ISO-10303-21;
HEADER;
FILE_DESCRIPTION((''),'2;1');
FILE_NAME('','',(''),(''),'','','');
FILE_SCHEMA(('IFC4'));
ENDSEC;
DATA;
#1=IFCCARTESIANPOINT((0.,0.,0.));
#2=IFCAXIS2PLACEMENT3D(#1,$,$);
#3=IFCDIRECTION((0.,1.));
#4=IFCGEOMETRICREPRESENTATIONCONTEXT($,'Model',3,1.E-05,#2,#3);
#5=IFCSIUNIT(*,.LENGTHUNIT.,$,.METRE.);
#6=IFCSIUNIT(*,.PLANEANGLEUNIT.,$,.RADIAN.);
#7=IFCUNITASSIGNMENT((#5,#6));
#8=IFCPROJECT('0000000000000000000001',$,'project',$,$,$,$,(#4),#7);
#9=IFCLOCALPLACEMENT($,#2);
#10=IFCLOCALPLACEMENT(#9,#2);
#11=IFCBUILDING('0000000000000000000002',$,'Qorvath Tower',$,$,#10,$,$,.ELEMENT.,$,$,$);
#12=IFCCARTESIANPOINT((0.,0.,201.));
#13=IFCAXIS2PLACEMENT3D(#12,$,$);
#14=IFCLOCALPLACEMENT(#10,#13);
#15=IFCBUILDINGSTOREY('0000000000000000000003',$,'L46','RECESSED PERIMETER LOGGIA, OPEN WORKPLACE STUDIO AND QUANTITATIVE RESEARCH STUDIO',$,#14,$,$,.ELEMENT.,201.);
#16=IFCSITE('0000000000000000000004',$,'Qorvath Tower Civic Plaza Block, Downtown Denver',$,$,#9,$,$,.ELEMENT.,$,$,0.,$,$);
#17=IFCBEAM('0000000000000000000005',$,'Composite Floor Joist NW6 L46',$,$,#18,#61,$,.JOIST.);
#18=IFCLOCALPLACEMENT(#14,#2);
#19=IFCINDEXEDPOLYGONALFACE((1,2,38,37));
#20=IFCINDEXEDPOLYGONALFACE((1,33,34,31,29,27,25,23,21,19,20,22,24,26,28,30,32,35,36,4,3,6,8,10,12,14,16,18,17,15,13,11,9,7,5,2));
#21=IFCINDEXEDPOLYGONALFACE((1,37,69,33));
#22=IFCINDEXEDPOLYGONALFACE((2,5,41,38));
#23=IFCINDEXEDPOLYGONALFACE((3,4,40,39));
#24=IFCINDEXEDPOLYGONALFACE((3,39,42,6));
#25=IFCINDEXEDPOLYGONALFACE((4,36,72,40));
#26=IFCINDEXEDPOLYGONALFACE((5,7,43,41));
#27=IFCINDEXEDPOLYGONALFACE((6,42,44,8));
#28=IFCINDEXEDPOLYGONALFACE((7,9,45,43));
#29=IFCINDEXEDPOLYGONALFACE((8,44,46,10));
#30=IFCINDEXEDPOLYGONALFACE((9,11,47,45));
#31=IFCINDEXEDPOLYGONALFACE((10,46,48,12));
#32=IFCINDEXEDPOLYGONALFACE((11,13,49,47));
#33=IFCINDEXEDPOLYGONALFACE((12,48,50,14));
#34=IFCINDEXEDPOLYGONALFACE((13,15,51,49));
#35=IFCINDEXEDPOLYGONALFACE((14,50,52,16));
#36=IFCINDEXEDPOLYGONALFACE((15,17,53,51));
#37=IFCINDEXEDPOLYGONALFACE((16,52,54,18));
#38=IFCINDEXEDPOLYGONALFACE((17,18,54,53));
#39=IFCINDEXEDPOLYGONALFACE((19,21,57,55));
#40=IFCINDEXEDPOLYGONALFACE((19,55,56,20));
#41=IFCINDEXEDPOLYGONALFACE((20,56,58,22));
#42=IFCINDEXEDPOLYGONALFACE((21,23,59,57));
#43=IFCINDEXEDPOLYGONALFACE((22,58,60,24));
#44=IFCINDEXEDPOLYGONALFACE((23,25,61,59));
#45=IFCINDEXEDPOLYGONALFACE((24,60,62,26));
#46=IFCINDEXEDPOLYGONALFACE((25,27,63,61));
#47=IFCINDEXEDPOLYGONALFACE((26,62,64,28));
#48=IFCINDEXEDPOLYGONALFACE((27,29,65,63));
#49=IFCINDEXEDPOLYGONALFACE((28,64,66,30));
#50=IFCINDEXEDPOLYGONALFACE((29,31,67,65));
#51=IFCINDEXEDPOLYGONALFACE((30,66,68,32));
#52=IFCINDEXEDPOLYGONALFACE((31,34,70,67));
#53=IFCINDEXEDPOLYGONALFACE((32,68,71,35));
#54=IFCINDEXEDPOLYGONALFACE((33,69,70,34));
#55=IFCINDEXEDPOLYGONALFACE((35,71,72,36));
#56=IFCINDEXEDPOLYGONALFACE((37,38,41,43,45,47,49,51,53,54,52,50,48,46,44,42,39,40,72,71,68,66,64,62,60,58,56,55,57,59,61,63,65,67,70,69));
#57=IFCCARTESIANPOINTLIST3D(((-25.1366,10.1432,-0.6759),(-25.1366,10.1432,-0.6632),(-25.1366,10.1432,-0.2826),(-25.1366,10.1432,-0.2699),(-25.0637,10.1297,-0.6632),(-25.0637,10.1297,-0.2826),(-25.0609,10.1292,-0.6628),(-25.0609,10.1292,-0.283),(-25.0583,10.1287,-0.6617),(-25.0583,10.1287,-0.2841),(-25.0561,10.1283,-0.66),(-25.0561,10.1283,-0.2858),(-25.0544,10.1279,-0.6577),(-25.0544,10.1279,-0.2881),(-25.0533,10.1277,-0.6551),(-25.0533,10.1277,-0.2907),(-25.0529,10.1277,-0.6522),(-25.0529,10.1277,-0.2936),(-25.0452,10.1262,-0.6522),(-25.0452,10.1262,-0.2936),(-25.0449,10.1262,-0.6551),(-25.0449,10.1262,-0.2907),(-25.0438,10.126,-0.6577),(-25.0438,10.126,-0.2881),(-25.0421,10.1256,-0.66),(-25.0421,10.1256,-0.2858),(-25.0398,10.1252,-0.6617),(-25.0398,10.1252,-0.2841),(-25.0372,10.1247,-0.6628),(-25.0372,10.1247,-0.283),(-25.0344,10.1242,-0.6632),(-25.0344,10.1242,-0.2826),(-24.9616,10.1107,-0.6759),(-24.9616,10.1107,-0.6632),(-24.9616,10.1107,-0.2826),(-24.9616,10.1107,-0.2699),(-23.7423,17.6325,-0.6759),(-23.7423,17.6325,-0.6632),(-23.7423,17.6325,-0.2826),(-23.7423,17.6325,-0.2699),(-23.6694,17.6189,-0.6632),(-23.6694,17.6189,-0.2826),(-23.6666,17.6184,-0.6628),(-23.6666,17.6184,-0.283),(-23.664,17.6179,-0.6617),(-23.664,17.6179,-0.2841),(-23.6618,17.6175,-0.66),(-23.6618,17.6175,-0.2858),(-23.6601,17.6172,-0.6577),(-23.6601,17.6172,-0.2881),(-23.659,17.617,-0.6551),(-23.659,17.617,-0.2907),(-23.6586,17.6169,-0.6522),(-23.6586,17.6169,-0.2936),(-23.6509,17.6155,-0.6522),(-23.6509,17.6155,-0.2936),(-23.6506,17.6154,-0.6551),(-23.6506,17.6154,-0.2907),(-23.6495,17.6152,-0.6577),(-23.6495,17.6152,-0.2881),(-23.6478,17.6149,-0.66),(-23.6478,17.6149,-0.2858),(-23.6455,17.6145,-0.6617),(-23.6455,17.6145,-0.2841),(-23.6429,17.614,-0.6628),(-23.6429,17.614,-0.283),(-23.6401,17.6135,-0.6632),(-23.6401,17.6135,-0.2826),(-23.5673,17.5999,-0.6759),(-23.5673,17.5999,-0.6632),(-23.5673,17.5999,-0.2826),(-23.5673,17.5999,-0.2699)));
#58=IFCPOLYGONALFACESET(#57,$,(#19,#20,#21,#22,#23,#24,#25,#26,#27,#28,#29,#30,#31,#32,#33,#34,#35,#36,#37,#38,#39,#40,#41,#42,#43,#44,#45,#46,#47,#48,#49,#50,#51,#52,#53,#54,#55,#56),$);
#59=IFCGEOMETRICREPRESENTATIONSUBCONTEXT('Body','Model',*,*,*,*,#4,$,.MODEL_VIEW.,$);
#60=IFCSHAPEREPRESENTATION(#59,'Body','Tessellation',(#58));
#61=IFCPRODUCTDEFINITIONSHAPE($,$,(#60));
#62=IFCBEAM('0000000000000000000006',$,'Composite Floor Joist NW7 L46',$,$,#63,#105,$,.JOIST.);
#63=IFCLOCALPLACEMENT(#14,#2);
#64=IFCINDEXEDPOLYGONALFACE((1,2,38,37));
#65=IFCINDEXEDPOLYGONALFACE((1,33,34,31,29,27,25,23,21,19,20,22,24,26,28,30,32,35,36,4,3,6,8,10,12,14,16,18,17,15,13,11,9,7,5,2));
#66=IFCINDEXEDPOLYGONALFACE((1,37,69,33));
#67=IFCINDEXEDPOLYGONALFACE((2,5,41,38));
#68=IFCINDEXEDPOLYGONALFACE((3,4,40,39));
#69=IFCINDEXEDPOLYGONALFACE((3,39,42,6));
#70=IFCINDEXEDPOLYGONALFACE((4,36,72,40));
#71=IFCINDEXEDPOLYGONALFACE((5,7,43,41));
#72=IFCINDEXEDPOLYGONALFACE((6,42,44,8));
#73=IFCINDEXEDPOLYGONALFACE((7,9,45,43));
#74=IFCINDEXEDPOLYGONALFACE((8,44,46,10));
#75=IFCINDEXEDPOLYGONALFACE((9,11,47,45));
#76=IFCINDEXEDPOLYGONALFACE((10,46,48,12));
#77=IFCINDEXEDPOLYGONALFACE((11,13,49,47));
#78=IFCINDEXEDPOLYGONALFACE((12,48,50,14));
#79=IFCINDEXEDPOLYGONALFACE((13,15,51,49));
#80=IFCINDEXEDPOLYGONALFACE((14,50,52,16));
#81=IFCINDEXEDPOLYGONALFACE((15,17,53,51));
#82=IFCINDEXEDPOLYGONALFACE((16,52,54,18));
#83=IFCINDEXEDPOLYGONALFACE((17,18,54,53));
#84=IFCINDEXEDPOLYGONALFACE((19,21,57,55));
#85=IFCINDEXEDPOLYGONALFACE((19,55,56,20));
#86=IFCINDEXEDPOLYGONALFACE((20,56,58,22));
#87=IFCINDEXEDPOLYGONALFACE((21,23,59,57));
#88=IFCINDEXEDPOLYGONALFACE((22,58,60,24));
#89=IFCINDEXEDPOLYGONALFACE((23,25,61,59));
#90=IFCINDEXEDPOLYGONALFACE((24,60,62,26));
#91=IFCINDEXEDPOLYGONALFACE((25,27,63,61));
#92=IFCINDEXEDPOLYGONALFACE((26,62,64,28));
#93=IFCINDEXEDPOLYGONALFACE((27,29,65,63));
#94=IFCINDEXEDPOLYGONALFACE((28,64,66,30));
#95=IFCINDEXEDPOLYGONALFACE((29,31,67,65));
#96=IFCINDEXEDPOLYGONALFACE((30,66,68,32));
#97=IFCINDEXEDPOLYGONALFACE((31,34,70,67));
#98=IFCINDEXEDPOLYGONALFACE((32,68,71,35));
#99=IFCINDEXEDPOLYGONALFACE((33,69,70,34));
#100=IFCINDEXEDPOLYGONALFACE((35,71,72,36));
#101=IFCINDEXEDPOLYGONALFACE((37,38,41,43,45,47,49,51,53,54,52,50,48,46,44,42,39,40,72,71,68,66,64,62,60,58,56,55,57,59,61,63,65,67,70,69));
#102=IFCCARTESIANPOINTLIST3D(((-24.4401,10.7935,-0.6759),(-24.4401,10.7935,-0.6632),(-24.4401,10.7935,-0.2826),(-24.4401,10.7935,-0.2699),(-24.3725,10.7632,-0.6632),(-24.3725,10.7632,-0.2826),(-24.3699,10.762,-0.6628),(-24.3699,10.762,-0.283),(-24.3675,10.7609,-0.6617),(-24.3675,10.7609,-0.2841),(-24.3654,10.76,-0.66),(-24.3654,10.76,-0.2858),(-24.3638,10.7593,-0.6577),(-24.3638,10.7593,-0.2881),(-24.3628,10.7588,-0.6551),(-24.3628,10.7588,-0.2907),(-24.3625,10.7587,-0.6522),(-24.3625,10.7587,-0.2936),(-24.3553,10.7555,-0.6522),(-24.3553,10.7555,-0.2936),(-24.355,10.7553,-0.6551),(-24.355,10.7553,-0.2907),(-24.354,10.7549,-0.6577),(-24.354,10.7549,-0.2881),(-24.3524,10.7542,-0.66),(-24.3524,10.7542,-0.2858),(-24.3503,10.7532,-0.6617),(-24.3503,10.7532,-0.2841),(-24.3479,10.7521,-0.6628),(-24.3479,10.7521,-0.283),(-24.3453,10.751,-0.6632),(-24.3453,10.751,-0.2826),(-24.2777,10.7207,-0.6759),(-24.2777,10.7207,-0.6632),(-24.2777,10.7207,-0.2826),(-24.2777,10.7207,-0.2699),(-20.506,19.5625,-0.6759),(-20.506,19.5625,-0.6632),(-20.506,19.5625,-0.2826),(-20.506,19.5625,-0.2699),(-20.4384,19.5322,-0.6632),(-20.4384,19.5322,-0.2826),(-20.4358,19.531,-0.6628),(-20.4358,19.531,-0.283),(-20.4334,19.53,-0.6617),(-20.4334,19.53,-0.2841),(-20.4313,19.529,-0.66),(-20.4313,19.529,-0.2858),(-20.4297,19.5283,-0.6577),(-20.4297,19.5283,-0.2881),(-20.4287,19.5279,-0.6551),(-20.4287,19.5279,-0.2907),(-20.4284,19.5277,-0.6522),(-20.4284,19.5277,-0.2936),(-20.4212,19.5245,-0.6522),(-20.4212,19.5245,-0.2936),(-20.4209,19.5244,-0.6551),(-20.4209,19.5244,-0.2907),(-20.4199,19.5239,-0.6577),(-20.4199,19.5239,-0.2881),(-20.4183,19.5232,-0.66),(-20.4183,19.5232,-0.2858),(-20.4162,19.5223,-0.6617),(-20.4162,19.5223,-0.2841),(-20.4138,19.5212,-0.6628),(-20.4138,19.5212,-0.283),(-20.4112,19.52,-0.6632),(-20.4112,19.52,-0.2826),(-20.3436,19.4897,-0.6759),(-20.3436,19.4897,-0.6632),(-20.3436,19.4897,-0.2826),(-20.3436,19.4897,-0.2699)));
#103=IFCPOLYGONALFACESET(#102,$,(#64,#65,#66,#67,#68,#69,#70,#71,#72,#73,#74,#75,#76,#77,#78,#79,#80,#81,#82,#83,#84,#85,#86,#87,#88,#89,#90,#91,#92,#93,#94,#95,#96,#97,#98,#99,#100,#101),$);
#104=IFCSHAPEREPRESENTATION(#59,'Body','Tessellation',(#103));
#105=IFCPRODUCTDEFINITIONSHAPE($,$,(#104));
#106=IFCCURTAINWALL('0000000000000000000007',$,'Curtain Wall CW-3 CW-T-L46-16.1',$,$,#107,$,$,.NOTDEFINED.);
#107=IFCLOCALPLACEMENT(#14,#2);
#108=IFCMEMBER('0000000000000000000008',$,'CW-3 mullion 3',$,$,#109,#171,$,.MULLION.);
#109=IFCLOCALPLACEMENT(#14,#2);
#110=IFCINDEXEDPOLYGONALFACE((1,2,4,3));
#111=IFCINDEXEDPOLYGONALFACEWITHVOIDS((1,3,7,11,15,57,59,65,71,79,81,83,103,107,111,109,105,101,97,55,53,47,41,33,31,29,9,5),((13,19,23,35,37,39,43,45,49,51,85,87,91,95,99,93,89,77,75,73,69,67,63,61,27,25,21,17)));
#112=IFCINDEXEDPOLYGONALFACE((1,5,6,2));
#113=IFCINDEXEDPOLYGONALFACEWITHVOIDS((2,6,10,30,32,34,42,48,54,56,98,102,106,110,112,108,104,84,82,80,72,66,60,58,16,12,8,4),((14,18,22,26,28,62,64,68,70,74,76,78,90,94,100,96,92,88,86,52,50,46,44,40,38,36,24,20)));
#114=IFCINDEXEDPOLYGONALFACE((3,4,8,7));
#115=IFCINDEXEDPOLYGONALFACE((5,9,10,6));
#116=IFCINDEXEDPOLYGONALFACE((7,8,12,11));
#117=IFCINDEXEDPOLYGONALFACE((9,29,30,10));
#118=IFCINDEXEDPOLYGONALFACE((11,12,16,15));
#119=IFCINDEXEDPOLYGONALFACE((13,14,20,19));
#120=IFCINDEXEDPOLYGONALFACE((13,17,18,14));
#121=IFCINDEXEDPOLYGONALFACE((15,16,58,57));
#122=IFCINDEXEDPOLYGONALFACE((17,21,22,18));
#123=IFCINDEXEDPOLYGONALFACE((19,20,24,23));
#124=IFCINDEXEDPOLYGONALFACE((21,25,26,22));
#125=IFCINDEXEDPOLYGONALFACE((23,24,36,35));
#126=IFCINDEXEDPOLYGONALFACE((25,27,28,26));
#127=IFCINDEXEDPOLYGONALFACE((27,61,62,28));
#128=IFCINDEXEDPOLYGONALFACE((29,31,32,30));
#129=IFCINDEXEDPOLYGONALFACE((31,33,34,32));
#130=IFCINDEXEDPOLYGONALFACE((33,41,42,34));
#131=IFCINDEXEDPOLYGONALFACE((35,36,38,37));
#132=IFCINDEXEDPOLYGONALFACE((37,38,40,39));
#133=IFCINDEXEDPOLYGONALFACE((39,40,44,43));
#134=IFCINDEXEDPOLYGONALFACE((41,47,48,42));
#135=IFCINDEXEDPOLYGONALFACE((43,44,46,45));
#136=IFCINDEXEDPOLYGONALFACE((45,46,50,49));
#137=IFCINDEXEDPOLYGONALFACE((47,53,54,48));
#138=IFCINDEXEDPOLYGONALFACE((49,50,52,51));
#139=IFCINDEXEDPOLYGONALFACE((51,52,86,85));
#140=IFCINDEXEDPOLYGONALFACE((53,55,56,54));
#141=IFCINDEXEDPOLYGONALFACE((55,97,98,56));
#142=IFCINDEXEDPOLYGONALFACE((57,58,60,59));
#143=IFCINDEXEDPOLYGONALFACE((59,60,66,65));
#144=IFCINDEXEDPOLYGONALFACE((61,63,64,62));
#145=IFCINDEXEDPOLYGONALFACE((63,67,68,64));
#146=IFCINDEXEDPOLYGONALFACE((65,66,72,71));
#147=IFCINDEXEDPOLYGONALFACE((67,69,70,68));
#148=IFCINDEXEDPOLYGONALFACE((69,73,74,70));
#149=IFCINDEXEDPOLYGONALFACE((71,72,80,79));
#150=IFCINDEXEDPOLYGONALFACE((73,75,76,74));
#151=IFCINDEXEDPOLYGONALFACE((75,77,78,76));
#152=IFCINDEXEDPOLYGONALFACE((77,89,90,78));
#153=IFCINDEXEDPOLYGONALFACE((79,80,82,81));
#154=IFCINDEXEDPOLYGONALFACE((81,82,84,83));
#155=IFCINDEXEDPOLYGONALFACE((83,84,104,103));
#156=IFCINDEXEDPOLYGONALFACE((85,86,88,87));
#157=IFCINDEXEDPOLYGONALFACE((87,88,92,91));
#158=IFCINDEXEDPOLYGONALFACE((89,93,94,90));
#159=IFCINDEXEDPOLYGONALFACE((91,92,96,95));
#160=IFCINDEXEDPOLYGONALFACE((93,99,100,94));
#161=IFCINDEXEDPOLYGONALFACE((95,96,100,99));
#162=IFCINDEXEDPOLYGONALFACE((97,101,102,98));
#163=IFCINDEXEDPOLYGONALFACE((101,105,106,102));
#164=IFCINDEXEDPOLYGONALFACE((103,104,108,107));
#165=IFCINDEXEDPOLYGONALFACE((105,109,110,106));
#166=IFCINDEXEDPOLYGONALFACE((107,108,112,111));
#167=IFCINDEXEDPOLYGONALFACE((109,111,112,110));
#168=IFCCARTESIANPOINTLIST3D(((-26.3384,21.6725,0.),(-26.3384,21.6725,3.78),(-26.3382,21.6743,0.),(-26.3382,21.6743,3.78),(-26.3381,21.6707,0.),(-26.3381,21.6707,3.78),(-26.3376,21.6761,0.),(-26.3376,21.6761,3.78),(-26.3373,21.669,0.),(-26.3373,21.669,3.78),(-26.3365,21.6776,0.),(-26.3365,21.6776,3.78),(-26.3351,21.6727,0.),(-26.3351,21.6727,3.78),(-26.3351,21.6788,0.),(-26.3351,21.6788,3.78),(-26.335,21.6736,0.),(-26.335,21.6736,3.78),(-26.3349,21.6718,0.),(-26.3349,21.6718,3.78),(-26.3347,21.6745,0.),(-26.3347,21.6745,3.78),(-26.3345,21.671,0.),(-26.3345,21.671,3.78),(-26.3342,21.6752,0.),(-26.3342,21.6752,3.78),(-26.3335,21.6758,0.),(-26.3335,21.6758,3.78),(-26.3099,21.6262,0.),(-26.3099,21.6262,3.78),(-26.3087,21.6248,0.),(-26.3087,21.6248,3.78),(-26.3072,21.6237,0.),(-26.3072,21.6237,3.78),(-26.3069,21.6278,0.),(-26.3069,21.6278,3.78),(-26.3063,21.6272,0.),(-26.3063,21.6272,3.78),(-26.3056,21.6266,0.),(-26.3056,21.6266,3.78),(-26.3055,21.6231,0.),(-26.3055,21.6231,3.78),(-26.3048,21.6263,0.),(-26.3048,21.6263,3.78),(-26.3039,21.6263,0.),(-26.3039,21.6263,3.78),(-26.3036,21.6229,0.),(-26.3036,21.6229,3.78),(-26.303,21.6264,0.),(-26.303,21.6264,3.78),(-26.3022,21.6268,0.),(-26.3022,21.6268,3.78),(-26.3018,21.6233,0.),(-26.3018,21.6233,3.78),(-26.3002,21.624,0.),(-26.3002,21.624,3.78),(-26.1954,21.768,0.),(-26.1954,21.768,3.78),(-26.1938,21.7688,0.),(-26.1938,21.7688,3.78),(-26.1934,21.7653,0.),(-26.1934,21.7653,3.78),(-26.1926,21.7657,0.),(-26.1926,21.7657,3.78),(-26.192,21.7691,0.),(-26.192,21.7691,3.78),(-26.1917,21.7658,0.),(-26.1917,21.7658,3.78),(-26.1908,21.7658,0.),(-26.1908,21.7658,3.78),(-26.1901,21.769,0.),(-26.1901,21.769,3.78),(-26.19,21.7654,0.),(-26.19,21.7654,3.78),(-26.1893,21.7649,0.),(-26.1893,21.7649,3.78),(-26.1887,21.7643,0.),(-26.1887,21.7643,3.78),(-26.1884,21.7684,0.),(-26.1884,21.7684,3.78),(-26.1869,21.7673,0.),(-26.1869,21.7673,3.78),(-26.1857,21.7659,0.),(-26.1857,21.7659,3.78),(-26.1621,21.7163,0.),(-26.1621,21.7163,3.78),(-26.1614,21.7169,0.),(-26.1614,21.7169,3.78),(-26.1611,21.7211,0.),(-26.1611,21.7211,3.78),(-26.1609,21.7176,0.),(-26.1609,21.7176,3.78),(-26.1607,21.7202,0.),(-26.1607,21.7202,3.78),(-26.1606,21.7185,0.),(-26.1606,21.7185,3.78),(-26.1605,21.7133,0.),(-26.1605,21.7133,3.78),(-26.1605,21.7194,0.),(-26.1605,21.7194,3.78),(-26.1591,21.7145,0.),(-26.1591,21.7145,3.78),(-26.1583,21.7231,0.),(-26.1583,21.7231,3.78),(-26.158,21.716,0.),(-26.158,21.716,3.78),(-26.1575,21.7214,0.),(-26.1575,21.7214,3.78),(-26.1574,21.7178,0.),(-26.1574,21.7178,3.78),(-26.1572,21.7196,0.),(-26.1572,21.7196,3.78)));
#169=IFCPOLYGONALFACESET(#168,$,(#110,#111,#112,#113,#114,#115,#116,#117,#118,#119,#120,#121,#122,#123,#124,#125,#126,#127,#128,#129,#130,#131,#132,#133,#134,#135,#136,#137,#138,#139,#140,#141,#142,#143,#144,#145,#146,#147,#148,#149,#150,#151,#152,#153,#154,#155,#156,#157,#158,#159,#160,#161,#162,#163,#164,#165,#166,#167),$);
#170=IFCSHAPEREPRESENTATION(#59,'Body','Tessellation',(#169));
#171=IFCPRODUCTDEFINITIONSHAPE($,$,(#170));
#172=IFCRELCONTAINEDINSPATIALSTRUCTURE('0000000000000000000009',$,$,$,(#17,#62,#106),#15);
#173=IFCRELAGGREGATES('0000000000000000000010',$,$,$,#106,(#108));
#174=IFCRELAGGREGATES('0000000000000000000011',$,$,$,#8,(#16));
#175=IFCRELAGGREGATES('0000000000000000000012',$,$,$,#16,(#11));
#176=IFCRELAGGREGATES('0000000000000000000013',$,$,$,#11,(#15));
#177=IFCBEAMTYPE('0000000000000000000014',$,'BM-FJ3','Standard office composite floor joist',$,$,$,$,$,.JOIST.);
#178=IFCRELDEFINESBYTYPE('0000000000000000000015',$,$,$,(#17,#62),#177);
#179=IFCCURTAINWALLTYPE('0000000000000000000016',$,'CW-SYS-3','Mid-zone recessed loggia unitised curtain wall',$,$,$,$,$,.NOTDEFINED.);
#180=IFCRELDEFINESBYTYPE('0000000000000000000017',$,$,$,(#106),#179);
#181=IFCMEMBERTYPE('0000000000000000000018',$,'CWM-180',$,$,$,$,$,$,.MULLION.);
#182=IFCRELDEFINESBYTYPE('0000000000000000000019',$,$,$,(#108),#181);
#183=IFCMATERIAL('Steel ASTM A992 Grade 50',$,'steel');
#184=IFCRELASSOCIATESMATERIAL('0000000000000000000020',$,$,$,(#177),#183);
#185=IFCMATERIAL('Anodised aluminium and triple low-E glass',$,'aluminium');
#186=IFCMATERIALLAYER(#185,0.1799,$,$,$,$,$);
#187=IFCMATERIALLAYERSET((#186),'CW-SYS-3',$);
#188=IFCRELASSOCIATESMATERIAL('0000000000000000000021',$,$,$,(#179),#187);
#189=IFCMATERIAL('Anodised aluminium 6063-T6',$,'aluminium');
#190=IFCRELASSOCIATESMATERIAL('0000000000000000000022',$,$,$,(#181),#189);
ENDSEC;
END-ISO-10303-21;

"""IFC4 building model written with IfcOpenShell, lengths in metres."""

from ifc_helpers import new_model, si_unit, direction, frame, origin, origin_2d, place, context, subcontext, project, spatial, hollow_rectangle, i_section, extrude, material, layer, layer_set, material_profile, profile_set, type_object, element, aggregate, save


model = new_model("IFC4")

# Units and contexts
model_context = context("Model", 3, precision=1e-05, world=origin(), true_north=direction((0.0, 1.0)))
body_context = subcontext(model_context, "Body", "Model", "MODEL_VIEW")
ifc_project = project(units=[si_unit("LENGTHUNIT", "METRE"), si_unit("PLANEANGLEUNIT", "RADIAN")], contexts=[model_context])

# Site, building, storey
site_placement = place(None, origin())
site = spatial("IfcSite", under=ifc_project, at=site_placement, Name="Qorvath Tower Civic Plaza Block, Downtown Denver", CompositionType="ELEMENT", RefElevation=0.0)
building_placement = place(site_placement, origin())
building = spatial("IfcBuilding", under=site, at=building_placement, Name="Qorvath Tower", CompositionType="ELEMENT")
storey_placement = place(building_placement, frame((0.0, 0.0, 201.0)))
storey = spatial("IfcBuildingStorey", under=building, at=storey_placement, Name="L46", Description="RECESSED PERIMETER LOGGIA, OPEN WORKPLACE STUDIO AND QUANTITATIVE RESEARCH STUDIO", CompositionType="ELEMENT", Elevation=201.0)

# Beams
ifc_material_1 = material(Name="Steel ASTM A992 Grade 50", Category="steel")
ifc_material_profile_1 = material_profile(ifc_material_1, i_section(OverallWidth=0.178, OverallDepth=0.406, WebThickness=0.0078, FlangeThickness=0.0127, FilletRadius=0.011, at=origin_2d()), Name="W16x40")
ifc_profile_set_1 = profile_set([ifc_material_profile_1], Name="Steel ASTM A992 Grade 50")
beam_type_1 = type_object("IfcBeamType", Name="BM-FJ3", Description="Standard office composite floor joist", PredefinedType="JOIST", material=ifc_profile_set_1)
beam_1_placement = place(storey_placement, frame((-25.0491, 10.127, -0.4729), z_axis=(0.183027, 0.983108, 0.0), x_axis=(-0.983108, 0.183027, 0.0)))
element("IfcBeam", 1, at=beam_1_placement, inside=storey, type_object=beam_type_1, Name="Composite Floor Joist NW6 L46", PredefinedType="JOIST", context=body_context, shape_type="SweptSolid", body=[
    extrude(i_section(OverallWidth=0.178, OverallDepth=0.406, WebThickness=0.0078, FlangeThickness=0.0127, FilletRadius=0.011, at=origin_2d()), origin(), (0.0, 0.0, 1.0), 7.6179),
])
beam_2_placement = place(storey_placement, frame((-24.3589, 10.7571, -0.4729), z_axis=(0.409327, 0.912388, 0.0), x_axis=(-0.912388, 0.409327, 0.0)))
element("IfcBeam", 2, at=beam_2_placement, inside=storey, type_object=beam_type_1, Name="Composite Floor Joist NW7 L46", PredefinedType="JOIST", context=body_context, shape_type="SweptSolid", body=[
    extrude(i_section(OverallWidth=0.178, OverallDepth=0.406, WebThickness=0.0078, FlangeThickness=0.0127, FilletRadius=0.011, at=origin_2d()), origin(), (0.0, 0.0, 1.0), 9.6111),
])

# Curtain wall, member
ifc_material_2 = material(Name="Anodised aluminium and triple low-E glass", Category="aluminium")
ifc_layer_1 = layer(ifc_material_2, 0.1799)
ifc_layer_set_1 = layer_set([ifc_layer_1], Name="CW-SYS-3")
curtain_wall_type = type_object("IfcCurtainWallType", Name="CW-SYS-3", Description="Mid-zone recessed loggia unitised curtain wall", PredefinedType="NOTDEFINED", material=ifc_layer_set_1)
curtain_wall_placement = place(storey_placement, origin())
curtain_wall = element("IfcCurtainWall", 3, at=curtain_wall_placement, inside=storey, type_object=curtain_wall_type, Name="Curtain Wall CW-3 CW-T-L46-16.1", PredefinedType="NOTDEFINED")
ifc_material_3 = material(Name="Anodised aluminium 6063-T6", Category="aluminium")
ifc_material_profile_2 = material_profile(ifc_material_3, hollow_rectangle(XDim=0.0649, YDim=0.1799, WallThickness=0.0034, InnerFilletRadius=0.0034, OuterFilletRadius=0.0071, at=origin_2d()), Name="CWM 180x65")
ifc_profile_set_2 = profile_set([ifc_material_profile_2], Name="Anodised aluminium 6063-T6")
member_type_1 = type_object("IfcMemberType", Name="CWM-180", PredefinedType="MULLION", material=ifc_profile_set_2)
member_1_placement = place(storey_placement, frame((-26.2478, 21.696, 0.0), z_axis=(0.0, 0.0, 1.0), x_axis=(0.538534, -0.842604, 0.0)))
member_1 = element("IfcMember", 4, at=member_1_placement, type_object=member_type_1, Name="CW-3 mullion 3", PredefinedType="MULLION", context=body_context, shape_type="SweptSolid", body=[
    extrude(hollow_rectangle(XDim=0.0649, YDim=0.1799, WallThickness=0.0034, InnerFilletRadius=0.0034, OuterFilletRadius=0.0071, at=origin_2d()), origin(), (0.0, 0.0, 1.0), 3.78),
])
aggregate(curtain_wall, [member_1])

save(model, "model.ifc")
